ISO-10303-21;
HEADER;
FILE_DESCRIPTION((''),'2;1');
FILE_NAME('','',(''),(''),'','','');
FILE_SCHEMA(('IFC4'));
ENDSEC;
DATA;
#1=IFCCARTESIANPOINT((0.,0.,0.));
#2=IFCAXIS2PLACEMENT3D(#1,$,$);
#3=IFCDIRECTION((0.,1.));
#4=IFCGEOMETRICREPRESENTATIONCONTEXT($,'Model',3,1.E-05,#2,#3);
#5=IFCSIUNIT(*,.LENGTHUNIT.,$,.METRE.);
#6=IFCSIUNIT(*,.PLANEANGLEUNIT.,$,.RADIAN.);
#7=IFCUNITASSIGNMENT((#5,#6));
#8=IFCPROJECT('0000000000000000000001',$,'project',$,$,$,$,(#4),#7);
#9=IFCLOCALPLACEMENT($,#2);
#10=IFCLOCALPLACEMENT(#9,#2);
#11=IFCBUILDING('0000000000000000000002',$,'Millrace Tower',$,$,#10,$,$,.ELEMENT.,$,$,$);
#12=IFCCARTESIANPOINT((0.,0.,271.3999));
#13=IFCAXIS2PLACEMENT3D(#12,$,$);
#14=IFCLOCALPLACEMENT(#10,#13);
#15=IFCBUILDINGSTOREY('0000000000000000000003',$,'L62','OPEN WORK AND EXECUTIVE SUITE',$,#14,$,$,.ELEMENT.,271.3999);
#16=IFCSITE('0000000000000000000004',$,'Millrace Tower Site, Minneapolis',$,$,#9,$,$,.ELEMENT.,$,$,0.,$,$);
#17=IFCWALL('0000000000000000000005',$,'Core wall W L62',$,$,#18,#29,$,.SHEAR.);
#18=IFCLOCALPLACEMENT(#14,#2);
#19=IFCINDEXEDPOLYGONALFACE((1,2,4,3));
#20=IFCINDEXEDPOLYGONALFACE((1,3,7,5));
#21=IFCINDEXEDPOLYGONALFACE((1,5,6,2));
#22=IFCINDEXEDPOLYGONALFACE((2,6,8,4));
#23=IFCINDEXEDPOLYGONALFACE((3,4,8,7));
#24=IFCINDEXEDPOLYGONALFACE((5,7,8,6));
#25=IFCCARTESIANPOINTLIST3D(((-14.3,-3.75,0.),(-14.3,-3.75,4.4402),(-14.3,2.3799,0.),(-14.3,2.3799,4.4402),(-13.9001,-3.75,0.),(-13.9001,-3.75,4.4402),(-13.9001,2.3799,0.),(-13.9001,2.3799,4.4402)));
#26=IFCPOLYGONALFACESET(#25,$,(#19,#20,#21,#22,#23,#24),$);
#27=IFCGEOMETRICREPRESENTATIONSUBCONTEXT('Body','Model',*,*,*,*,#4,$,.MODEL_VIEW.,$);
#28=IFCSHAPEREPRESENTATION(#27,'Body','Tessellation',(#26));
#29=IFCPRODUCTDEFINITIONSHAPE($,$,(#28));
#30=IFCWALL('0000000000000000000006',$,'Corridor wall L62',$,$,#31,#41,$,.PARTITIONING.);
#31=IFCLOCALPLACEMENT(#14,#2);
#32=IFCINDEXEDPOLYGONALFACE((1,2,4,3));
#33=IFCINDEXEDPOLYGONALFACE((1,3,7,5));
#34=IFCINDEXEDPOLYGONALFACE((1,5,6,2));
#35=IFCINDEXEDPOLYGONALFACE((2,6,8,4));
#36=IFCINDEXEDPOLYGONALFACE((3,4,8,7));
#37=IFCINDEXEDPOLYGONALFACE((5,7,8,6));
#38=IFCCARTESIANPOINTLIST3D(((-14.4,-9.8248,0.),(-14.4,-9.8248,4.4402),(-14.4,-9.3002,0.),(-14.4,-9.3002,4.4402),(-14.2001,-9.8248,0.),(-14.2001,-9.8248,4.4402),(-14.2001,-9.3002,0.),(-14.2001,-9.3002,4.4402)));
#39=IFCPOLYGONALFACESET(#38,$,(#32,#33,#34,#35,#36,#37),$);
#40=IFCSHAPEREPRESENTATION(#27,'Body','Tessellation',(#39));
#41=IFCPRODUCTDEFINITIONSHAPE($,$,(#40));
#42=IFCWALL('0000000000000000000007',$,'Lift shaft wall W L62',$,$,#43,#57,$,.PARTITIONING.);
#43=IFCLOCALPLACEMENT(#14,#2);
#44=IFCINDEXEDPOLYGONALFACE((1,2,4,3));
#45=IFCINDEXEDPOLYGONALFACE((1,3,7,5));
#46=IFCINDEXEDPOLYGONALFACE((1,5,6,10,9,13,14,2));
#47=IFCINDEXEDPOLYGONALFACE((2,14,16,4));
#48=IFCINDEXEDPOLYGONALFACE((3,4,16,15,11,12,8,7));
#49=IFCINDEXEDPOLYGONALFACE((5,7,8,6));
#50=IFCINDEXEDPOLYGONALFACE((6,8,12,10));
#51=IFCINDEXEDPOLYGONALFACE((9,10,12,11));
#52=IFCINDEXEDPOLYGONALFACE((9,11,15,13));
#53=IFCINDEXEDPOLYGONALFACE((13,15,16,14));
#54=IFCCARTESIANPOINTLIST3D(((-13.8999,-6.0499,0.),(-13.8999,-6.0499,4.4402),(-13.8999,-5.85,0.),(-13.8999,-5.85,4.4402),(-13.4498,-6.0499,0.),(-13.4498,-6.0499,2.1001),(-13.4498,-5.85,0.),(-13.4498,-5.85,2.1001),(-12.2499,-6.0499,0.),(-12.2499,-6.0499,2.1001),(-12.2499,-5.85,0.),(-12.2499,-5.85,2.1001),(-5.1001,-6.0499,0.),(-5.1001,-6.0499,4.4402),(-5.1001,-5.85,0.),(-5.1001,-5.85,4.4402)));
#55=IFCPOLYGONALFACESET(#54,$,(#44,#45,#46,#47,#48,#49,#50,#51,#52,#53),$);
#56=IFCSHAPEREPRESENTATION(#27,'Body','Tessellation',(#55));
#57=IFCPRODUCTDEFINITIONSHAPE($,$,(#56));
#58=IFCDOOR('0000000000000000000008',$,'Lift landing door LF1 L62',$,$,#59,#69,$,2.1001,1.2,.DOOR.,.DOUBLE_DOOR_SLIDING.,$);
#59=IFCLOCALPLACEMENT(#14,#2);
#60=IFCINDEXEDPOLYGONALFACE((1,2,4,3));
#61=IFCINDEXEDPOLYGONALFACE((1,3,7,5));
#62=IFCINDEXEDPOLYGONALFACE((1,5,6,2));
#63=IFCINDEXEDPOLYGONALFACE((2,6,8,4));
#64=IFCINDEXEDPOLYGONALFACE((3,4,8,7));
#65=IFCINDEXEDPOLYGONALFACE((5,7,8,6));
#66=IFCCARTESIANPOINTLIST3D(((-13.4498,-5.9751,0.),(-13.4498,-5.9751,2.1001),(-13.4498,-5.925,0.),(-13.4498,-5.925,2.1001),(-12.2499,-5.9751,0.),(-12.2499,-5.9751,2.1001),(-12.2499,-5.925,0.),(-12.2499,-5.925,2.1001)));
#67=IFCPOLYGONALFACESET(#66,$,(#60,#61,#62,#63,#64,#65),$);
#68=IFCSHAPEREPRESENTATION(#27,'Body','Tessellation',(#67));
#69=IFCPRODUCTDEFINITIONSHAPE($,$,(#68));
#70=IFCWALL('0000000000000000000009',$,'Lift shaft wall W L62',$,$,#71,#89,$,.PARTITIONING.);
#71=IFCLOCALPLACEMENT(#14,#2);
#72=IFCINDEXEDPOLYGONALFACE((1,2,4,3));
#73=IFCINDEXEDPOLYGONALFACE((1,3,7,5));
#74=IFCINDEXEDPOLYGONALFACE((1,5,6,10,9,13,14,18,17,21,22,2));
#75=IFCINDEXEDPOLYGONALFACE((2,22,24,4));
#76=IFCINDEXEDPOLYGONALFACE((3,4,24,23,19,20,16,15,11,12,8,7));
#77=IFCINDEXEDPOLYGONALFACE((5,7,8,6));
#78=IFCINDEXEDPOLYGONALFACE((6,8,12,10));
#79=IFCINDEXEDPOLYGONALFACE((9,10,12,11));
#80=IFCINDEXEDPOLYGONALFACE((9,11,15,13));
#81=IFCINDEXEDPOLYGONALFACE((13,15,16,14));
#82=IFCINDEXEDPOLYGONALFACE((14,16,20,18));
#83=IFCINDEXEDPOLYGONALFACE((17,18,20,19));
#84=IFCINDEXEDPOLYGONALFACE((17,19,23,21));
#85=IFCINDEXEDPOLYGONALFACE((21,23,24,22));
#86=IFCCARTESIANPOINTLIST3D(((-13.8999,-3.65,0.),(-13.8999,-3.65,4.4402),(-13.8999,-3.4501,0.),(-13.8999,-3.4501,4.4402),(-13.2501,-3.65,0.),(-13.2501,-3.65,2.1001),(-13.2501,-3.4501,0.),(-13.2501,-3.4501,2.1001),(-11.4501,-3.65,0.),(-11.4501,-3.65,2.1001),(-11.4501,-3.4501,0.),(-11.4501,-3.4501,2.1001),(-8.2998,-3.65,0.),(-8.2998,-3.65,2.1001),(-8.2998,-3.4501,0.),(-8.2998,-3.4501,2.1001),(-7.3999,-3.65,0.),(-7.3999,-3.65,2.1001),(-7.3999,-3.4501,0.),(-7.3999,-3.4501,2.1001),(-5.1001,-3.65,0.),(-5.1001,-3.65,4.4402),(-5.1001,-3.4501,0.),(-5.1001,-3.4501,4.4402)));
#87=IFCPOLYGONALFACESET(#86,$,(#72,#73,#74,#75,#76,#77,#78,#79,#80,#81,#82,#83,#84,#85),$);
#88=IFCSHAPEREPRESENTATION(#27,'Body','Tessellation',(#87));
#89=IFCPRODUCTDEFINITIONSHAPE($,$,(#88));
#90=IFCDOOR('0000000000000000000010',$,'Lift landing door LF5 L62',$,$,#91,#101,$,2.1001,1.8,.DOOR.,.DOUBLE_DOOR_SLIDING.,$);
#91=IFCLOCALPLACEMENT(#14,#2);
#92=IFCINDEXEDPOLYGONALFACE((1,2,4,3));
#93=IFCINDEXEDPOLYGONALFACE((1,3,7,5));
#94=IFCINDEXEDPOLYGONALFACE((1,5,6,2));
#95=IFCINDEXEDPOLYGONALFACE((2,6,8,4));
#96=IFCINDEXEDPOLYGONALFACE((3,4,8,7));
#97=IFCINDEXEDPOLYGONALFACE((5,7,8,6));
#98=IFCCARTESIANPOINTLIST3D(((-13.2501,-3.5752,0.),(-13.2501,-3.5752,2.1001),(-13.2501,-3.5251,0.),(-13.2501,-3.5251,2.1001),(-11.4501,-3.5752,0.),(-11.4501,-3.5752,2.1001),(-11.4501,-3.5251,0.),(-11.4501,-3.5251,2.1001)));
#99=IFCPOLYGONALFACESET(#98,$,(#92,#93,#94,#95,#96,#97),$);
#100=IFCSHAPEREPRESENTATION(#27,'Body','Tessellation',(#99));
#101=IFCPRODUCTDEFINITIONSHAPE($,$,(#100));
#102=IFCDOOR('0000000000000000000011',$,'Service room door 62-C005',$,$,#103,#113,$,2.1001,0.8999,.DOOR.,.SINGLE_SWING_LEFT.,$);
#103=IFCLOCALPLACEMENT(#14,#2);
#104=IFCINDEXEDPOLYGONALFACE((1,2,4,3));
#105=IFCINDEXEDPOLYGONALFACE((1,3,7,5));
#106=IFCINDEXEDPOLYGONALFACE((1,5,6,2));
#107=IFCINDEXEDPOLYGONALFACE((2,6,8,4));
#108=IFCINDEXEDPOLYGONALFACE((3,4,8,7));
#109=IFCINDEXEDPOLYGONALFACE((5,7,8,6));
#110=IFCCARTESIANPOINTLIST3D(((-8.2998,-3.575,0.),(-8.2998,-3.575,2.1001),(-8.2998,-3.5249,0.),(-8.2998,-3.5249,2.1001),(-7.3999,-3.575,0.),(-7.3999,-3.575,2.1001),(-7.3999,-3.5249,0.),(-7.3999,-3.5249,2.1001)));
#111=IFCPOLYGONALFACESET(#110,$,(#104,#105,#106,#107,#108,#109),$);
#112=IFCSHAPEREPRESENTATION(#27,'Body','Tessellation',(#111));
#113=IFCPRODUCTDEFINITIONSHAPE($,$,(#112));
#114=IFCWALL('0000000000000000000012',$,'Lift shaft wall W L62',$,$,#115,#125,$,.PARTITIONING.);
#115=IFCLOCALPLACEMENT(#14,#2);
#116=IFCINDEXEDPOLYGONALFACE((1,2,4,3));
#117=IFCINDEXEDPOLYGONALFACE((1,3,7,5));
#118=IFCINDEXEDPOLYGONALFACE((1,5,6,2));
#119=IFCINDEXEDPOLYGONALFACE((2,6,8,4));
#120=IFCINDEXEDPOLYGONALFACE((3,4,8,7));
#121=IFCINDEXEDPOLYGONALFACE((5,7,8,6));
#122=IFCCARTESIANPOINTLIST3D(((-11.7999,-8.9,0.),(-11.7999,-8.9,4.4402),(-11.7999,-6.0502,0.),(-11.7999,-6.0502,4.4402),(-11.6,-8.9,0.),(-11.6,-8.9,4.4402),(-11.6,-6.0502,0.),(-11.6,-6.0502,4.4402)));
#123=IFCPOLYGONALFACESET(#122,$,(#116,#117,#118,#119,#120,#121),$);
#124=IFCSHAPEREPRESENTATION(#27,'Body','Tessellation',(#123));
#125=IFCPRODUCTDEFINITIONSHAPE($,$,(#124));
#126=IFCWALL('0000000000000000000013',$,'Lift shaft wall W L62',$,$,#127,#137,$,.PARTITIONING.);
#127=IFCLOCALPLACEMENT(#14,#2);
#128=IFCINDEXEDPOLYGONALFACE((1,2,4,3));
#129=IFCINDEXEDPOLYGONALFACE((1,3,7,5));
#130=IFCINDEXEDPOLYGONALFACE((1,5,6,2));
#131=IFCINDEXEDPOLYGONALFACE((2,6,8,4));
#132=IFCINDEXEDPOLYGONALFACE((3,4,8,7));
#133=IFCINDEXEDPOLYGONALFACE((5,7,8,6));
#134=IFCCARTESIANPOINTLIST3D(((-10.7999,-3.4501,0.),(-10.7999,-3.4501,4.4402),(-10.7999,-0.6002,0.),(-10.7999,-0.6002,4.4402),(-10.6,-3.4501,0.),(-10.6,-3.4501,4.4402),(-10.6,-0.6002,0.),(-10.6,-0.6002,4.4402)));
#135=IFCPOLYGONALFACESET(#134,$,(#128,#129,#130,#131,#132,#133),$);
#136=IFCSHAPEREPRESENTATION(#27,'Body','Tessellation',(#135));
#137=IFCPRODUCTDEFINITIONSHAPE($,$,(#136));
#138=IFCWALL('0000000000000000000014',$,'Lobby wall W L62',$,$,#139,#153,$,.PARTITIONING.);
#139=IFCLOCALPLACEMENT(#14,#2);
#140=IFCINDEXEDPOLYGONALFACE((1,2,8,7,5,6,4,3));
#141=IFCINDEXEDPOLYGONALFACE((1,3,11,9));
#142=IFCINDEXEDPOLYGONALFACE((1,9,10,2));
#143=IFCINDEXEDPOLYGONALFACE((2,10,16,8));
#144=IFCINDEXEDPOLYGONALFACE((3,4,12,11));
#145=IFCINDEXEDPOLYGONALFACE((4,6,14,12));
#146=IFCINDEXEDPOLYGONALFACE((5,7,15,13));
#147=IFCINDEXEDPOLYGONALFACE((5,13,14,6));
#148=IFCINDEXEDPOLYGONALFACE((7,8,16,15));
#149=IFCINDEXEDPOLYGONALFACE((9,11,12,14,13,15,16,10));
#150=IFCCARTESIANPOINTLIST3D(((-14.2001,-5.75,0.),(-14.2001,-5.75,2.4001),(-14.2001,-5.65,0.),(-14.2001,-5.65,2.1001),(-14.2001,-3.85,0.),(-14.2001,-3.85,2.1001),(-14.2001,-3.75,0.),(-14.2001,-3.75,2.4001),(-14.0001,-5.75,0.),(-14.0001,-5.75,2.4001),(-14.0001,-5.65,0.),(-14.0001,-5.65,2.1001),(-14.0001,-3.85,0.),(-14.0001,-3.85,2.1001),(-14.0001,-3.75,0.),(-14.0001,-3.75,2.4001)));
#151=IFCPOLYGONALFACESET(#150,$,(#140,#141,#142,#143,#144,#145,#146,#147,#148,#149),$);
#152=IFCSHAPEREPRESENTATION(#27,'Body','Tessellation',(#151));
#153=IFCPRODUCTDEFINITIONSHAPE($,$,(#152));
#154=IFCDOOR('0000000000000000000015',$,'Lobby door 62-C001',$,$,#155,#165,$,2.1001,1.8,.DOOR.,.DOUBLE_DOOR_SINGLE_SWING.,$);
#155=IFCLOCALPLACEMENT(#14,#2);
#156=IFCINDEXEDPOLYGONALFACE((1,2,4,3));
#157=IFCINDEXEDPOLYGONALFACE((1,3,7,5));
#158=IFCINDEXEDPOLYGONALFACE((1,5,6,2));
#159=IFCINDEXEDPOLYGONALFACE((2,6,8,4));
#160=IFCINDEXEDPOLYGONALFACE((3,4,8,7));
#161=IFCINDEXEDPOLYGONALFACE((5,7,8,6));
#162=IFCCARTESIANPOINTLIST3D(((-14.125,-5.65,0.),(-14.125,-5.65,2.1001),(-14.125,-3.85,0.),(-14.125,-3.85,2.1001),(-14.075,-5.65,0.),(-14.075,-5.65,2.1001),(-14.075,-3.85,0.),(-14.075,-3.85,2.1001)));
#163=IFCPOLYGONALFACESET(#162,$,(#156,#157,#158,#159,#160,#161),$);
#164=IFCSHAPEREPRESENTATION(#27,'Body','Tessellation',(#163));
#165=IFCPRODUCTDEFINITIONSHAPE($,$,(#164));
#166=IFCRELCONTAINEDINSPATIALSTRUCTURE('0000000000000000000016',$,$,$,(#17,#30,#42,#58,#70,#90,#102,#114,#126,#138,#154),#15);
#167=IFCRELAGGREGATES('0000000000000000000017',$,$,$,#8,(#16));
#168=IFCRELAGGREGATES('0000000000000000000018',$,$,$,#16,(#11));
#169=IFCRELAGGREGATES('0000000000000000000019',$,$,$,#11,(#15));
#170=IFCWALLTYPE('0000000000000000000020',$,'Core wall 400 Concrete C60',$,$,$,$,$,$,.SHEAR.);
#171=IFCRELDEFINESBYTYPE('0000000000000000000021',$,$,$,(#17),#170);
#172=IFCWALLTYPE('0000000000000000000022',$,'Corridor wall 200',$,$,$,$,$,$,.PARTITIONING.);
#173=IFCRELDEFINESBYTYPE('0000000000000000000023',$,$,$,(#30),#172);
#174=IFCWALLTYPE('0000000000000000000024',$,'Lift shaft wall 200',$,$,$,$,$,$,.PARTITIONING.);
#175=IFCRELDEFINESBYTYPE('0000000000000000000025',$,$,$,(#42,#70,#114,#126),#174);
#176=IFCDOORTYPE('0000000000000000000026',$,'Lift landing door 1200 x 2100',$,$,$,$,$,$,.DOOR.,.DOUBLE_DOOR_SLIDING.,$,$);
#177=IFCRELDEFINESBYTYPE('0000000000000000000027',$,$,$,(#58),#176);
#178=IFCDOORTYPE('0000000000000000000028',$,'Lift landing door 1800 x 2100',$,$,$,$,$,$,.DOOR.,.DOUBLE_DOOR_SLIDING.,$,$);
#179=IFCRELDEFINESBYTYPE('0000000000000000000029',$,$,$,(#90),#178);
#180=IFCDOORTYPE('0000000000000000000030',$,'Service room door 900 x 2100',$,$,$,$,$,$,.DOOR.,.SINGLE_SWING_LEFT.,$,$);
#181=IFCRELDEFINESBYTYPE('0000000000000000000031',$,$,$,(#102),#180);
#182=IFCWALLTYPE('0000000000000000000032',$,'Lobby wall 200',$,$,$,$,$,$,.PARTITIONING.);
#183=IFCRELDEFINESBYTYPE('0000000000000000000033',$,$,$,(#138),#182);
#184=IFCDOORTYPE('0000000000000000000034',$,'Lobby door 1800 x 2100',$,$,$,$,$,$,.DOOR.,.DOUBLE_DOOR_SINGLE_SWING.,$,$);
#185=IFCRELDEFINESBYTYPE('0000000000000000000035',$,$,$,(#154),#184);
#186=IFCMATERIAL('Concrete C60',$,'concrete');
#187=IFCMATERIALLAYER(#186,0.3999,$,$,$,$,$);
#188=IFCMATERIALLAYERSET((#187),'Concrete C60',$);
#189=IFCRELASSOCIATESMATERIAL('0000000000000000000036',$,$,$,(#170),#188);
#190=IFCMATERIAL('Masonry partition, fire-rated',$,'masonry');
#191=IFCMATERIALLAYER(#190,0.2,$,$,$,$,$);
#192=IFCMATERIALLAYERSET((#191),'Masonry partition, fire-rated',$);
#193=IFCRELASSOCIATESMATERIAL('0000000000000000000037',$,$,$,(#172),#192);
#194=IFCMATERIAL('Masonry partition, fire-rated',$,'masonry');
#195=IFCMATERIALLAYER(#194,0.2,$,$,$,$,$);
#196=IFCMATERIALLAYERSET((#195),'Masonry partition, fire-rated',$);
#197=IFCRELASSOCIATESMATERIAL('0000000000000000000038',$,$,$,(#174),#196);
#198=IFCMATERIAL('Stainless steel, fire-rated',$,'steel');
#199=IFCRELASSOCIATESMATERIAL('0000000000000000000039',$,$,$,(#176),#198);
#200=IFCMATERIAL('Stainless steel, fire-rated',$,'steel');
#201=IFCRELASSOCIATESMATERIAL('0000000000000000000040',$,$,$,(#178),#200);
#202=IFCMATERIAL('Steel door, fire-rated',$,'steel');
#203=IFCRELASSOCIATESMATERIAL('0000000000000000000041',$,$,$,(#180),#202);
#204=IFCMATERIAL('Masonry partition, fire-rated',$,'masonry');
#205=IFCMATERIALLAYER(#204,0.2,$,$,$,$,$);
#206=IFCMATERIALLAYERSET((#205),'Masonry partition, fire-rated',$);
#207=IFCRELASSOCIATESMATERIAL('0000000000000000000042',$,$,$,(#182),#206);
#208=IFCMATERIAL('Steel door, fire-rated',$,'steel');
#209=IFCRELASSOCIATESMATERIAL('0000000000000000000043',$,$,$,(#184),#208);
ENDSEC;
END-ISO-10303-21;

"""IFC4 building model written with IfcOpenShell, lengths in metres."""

from ifc_helpers import new_model, si_unit, direction, frame, frame_2d, origin, place, context, subcontext, project, spatial, rectangle, extrude, material, layer, layer_set, type_object, element, fill, save


model = new_model("IFC4")

# Units and contexts
model_context = context("Model", 3, precision=1e-05, world=origin(), true_north=direction((0.0, 1.0)))
body_context = subcontext(model_context, "Body", "Model", "MODEL_VIEW")
ifc_project = project(units=[si_unit("LENGTHUNIT", "METRE"), si_unit("PLANEANGLEUNIT", "RADIAN")], contexts=[model_context])

# Site, building, storey
site_placement = place(None, origin())
site = spatial("IfcSite", under=ifc_project, at=site_placement, Name="Millrace Tower Site, Minneapolis", CompositionType="ELEMENT", RefElevation=0.0)
building_placement = place(site_placement, origin())
building = spatial("IfcBuilding", under=site, at=building_placement, Name="Millrace Tower", CompositionType="ELEMENT")
storey_placement = place(building_placement, frame((0.0, 0.0, 271.3999)))
storey = spatial("IfcBuildingStorey", under=building, at=storey_placement, Name="L62", Description="OPEN WORK AND EXECUTIVE SUITE", CompositionType="ELEMENT", Elevation=271.3999)

# Walls
ifc_material_1 = material(Name="Concrete C60", Category="concrete")
ifc_layer_1 = layer(ifc_material_1, 0.3999)
ifc_layer_set_1 = layer_set([ifc_layer_1], Name="Concrete C60")
wall_type_1 = type_object("IfcWallType", Name="Core wall 400 Concrete C60", PredefinedType="SHEAR", material=ifc_layer_set_1)
wall_1_placement = place(storey_placement, frame((-14.1001, -3.75, 0.0), z_axis=(0.0, 0.0, 1.0), x_axis=(0.0, 1.0, 0.0)))
element("IfcWall", 1, at=wall_1_placement, inside=storey, type_object=wall_type_1, Name="Core wall W L62", PredefinedType="SHEAR", context=body_context, shape_type="SweptSolid", body=[
    extrude(rectangle(XDim=6.1299, YDim=0.3999, at=frame_2d((3.0649, 0.0))), origin(), (0.0, 0.0, 1.0), 4.4402),
])
ifc_material_2 = material(Name="Masonry partition, fire-rated", Category="masonry")
ifc_layer_2 = layer(ifc_material_2, 0.2)
ifc_layer_set_2 = layer_set([ifc_layer_2], Name="Masonry partition, fire-rated")
wall_type_2 = type_object("IfcWallType", Name="Corridor wall 200", PredefinedType="PARTITIONING", material=ifc_layer_set_2)
wall_2_placement = place(storey_placement, frame((-14.3, -9.8247, 0.0), z_axis=(0.0, 0.0, 1.0), x_axis=(0.0, 1.0, 0.0)))
element("IfcWall", 2, at=wall_2_placement, inside=storey, type_object=wall_type_2, Name="Corridor wall L62", PredefinedType="PARTITIONING", context=body_context, shape_type="SweptSolid", body=[
    extrude(rectangle(XDim=0.5247, YDim=0.2, at=frame_2d((0.2622, 0.0))), origin(), (0.0, 0.0, 1.0), 4.4402),
])

# Wall, opening, door
ifc_material_3 = material(Name="Masonry partition, fire-rated", Category="masonry")
ifc_layer_3 = layer(ifc_material_3, 0.2)
ifc_layer_set_3 = layer_set([ifc_layer_3], Name="Masonry partition, fire-rated")
wall_type_3 = type_object("IfcWallType", Name="Lift shaft wall 200", PredefinedType="PARTITIONING", material=ifc_layer_set_3)
wall_3_placement = place(storey_placement, frame((-13.8999, -5.95, 0.0), z_axis=(0.0, 0.0, 1.0), x_axis=(1.0, 0.0, 0.0)))
wall_3 = element("IfcWall", 3, at=wall_3_placement, inside=storey, type_object=wall_type_3, Name="Lift shaft wall W L62", PredefinedType="PARTITIONING", context=body_context, shape_type="SweptSolid", body=[
    extrude(rectangle(XDim=8.7998, YDim=0.2, at=frame_2d((4.3999, 0.0))), origin(), (0.0, 0.0, 1.0), 4.4402),
])
opening_1_placement = place(wall_3_placement, frame((0.45, 0.0, 0.0)))
opening_1 = element("IfcOpeningElement", 4, at=opening_1_placement, cuts=wall_3, PredefinedType="OPENING", context=body_context, shape_type="SweptSolid", body=[
    extrude(rectangle(XDim=1.2, YDim=2.1001, at=frame_2d((0.6001, 1.05))), frame((0.0, 0.1099, 0.0), z_axis=(0.0, -1.0, 0.0), x_axis=(1.0, 0.0, 0.0)), (0.0, 0.0, 1.0), 0.22),
])
ifc_material_4 = material(Name="Stainless steel, fire-rated", Category="steel")
door_type_1 = type_object("IfcDoorType", Name="Lift landing door 1200 x 2100", OperationType="DOUBLE_DOOR_SLIDING", PredefinedType="DOOR", material=ifc_material_4)
door_1_placement = place(opening_1_placement, origin())
door_1 = element("IfcDoor", 5, at=door_1_placement, inside=storey, type_object=door_type_1, Name="Lift landing door LF1 L62", OperationType="DOUBLE_DOOR_SLIDING", OverallHeight=2.1001, OverallWidth=1.2, PredefinedType="DOOR", context=body_context, shape_type="SweptSolid", body=[
    extrude(rectangle(XDim=1.2, YDim=2.1001, at=frame_2d((0.6001, 1.05))), frame((0.0, 0.0249, 0.0), z_axis=(0.0, -1.0, 0.0), x_axis=(1.0, 0.0, 0.0)), (0.0, 0.0, 1.0), 0.05),
])
fill(opening_1, door_1)

# Wall, openings, doors
wall_4_placement = place(storey_placement, frame((-13.8999, -3.55, 0.0), z_axis=(0.0, 0.0, 1.0), x_axis=(1.0, 0.0, 0.0)))
wall_4 = element("IfcWall", 6, at=wall_4_placement, inside=storey, type_object=wall_type_3, Name="Lift shaft wall W L62", PredefinedType="PARTITIONING", context=body_context, shape_type="SweptSolid", body=[
    extrude(rectangle(XDim=8.7998, YDim=0.2, at=frame_2d((4.3999, 0.0))), origin(), (0.0, 0.0, 1.0), 4.4402),
])
opening_2_placement = place(wall_4_placement, frame((0.6499, 0.0, 0.0)))
opening_2 = element("IfcOpeningElement", 7, at=opening_2_placement, cuts=wall_4, PredefinedType="OPENING", context=body_context, shape_type="SweptSolid", body=[
    extrude(rectangle(XDim=1.8, YDim=2.1001, at=frame_2d((0.8999, 1.05))), frame((0.0, 0.1099, 0.0), z_axis=(0.0, -1.0, 0.0), x_axis=(1.0, 0.0, 0.0)), (0.0, 0.0, 1.0), 0.22),
])
opening_3_placement = place(wall_4_placement, frame((5.6001, 0.0, 0.0)))
opening_3 = element("IfcOpeningElement", 8, at=opening_3_placement, cuts=wall_4, PredefinedType="OPENING", context=body_context, shape_type="SweptSolid", body=[
    extrude(rectangle(XDim=0.8999, YDim=2.1001, at=frame_2d((0.45, 1.05))), frame((0.0, 0.1099, 0.0), z_axis=(0.0, -1.0, 0.0), x_axis=(1.0, 0.0, 0.0)), (0.0, 0.0, 1.0), 0.22),
])
ifc_material_5 = material(Name="Stainless steel, fire-rated", Category="steel")
door_type_2 = type_object("IfcDoorType", Name="Lift landing door 1800 x 2100", OperationType="DOUBLE_DOOR_SLIDING", PredefinedType="DOOR", material=ifc_material_5)
door_2_placement = place(opening_2_placement, origin())
door_2 = element("IfcDoor", 9, at=door_2_placement, inside=storey, type_object=door_type_2, Name="Lift landing door LF5 L62", OperationType="DOUBLE_DOOR_SLIDING", OverallHeight=2.1001, OverallWidth=1.8, PredefinedType="DOOR", context=body_context, shape_type="SweptSolid", body=[
    extrude(rectangle(XDim=1.8, YDim=2.1001, at=frame_2d((0.8999, 1.05))), frame((0.0, 0.0249, 0.0), z_axis=(0.0, -1.0, 0.0), x_axis=(1.0, 0.0, 0.0)), (0.0, 0.0, 1.0), 0.05),
])
fill(opening_2, door_2)
ifc_material_6 = material(Name="Steel door, fire-rated", Category="steel")
door_type_3 = type_object("IfcDoorType", Name="Service room door 900 x 2100", OperationType="SINGLE_SWING_LEFT", PredefinedType="DOOR", material=ifc_material_6)
door_3_placement = place(opening_3_placement, frame((0.8999, 0.0, 0.0), z_axis=(0.0, 0.0, 1.0), x_axis=(-1.0, 0.0, 0.0)))
door_3 = element("IfcDoor", 10, at=door_3_placement, inside=storey, type_object=door_type_3, Name="Service room door 62-C005", OperationType="SINGLE_SWING_LEFT", OverallHeight=2.1001, OverallWidth=0.8999, PredefinedType="DOOR", context=body_context, shape_type="SweptSolid", body=[
    extrude(rectangle(XDim=0.8999, YDim=2.1001, at=frame_2d((0.45, 1.05))), frame((0.0, 0.0249, 0.0), z_axis=(0.0, -1.0, 0.0), x_axis=(1.0, 0.0, 0.0)), (0.0, 0.0, 1.0), 0.05),
])
fill(opening_3, door_3)

# Walls
for number, where, z_axis, x_axis, name in (
    (11, (-11.7, -8.8999, 0.0), (0.0, 0.0, 1.0), (0.0, 1.0, 0.0), "Lift shaft wall W L62"),
    (12, (-10.7, -3.45, 0.0), (0.0, 0.0, 1.0), (0.0, 1.0, 0.0), "Lift shaft wall W L62"),
):
    element("IfcWall", number, at=place(storey_placement, frame(where, z_axis=z_axis, x_axis=x_axis)), inside=storey, type_object=wall_type_3, Name=name, PredefinedType="PARTITIONING", context=body_context, shape_type="SweptSolid", body=[
        extrude(rectangle(XDim=2.8499, YDim=0.2, at=frame_2d((1.4248, 0.0))), origin(), (0.0, 0.0, 1.0), 4.4402),
    ])

# Wall, opening, door
ifc_material_7 = material(Name="Masonry partition, fire-rated", Category="masonry")
ifc_layer_4 = layer(ifc_material_7, 0.2)
ifc_layer_set_4 = layer_set([ifc_layer_4], Name="Masonry partition, fire-rated")
wall_type_4 = type_object("IfcWallType", Name="Lobby wall 200", PredefinedType="PARTITIONING", material=ifc_layer_set_4)
wall_5_placement = place(storey_placement, frame((-14.1001, -5.75, 0.0), z_axis=(0.0, 0.0, 1.0), x_axis=(0.0, 1.0, 0.0)))
wall_5 = element("IfcWall", 13, at=wall_5_placement, inside=storey, type_object=wall_type_4, Name="Lobby wall W L62", PredefinedType="PARTITIONING", context=body_context, shape_type="SweptSolid", body=[
    extrude(rectangle(XDim=2.0, YDim=0.2, at=frame_2d((1.0, 0.0))), origin(), (0.0, 0.0, 1.0), 2.4001),
])
opening_4_placement = place(wall_5_placement, frame((0.1001, 0.0, 0.0)))
opening_4 = element("IfcOpeningElement", 14, at=opening_4_placement, cuts=wall_5, PredefinedType="OPENING", context=body_context, shape_type="SweptSolid", body=[
    extrude(rectangle(XDim=1.8, YDim=2.1001, at=frame_2d((0.8999, 1.05))), frame((0.0, 0.1099, 0.0), z_axis=(0.0, -1.0, 0.0), x_axis=(1.0, 0.0, 0.0)), (0.0, 0.0, 1.0), 0.22),
])
ifc_material_8 = material(Name="Steel door, fire-rated", Category="steel")
door_type_4 = type_object("IfcDoorType", Name="Lobby door 1800 x 2100", OperationType="DOUBLE_DOOR_SINGLE_SWING", PredefinedType="DOOR", material=ifc_material_8)
door_4_placement = place(opening_4_placement, origin())
door_4 = element("IfcDoor", 15, at=door_4_placement, inside=storey, type_object=door_type_4, Name="Lobby door 62-C001", OperationType="DOUBLE_DOOR_SINGLE_SWING", OverallHeight=2.1001, OverallWidth=1.8, PredefinedType="DOOR", context=body_context, shape_type="SweptSolid", body=[
    extrude(rectangle(XDim=1.8, YDim=2.1001, at=frame_2d((0.8999, 1.05))), frame((0.0, 0.0249, 0.0), z_axis=(0.0, -1.0, 0.0), x_axis=(1.0, 0.0, 0.0)), (0.0, 0.0, 1.0), 0.05),
])
fill(opening_4, door_4)

save(model, "model.ifc")
